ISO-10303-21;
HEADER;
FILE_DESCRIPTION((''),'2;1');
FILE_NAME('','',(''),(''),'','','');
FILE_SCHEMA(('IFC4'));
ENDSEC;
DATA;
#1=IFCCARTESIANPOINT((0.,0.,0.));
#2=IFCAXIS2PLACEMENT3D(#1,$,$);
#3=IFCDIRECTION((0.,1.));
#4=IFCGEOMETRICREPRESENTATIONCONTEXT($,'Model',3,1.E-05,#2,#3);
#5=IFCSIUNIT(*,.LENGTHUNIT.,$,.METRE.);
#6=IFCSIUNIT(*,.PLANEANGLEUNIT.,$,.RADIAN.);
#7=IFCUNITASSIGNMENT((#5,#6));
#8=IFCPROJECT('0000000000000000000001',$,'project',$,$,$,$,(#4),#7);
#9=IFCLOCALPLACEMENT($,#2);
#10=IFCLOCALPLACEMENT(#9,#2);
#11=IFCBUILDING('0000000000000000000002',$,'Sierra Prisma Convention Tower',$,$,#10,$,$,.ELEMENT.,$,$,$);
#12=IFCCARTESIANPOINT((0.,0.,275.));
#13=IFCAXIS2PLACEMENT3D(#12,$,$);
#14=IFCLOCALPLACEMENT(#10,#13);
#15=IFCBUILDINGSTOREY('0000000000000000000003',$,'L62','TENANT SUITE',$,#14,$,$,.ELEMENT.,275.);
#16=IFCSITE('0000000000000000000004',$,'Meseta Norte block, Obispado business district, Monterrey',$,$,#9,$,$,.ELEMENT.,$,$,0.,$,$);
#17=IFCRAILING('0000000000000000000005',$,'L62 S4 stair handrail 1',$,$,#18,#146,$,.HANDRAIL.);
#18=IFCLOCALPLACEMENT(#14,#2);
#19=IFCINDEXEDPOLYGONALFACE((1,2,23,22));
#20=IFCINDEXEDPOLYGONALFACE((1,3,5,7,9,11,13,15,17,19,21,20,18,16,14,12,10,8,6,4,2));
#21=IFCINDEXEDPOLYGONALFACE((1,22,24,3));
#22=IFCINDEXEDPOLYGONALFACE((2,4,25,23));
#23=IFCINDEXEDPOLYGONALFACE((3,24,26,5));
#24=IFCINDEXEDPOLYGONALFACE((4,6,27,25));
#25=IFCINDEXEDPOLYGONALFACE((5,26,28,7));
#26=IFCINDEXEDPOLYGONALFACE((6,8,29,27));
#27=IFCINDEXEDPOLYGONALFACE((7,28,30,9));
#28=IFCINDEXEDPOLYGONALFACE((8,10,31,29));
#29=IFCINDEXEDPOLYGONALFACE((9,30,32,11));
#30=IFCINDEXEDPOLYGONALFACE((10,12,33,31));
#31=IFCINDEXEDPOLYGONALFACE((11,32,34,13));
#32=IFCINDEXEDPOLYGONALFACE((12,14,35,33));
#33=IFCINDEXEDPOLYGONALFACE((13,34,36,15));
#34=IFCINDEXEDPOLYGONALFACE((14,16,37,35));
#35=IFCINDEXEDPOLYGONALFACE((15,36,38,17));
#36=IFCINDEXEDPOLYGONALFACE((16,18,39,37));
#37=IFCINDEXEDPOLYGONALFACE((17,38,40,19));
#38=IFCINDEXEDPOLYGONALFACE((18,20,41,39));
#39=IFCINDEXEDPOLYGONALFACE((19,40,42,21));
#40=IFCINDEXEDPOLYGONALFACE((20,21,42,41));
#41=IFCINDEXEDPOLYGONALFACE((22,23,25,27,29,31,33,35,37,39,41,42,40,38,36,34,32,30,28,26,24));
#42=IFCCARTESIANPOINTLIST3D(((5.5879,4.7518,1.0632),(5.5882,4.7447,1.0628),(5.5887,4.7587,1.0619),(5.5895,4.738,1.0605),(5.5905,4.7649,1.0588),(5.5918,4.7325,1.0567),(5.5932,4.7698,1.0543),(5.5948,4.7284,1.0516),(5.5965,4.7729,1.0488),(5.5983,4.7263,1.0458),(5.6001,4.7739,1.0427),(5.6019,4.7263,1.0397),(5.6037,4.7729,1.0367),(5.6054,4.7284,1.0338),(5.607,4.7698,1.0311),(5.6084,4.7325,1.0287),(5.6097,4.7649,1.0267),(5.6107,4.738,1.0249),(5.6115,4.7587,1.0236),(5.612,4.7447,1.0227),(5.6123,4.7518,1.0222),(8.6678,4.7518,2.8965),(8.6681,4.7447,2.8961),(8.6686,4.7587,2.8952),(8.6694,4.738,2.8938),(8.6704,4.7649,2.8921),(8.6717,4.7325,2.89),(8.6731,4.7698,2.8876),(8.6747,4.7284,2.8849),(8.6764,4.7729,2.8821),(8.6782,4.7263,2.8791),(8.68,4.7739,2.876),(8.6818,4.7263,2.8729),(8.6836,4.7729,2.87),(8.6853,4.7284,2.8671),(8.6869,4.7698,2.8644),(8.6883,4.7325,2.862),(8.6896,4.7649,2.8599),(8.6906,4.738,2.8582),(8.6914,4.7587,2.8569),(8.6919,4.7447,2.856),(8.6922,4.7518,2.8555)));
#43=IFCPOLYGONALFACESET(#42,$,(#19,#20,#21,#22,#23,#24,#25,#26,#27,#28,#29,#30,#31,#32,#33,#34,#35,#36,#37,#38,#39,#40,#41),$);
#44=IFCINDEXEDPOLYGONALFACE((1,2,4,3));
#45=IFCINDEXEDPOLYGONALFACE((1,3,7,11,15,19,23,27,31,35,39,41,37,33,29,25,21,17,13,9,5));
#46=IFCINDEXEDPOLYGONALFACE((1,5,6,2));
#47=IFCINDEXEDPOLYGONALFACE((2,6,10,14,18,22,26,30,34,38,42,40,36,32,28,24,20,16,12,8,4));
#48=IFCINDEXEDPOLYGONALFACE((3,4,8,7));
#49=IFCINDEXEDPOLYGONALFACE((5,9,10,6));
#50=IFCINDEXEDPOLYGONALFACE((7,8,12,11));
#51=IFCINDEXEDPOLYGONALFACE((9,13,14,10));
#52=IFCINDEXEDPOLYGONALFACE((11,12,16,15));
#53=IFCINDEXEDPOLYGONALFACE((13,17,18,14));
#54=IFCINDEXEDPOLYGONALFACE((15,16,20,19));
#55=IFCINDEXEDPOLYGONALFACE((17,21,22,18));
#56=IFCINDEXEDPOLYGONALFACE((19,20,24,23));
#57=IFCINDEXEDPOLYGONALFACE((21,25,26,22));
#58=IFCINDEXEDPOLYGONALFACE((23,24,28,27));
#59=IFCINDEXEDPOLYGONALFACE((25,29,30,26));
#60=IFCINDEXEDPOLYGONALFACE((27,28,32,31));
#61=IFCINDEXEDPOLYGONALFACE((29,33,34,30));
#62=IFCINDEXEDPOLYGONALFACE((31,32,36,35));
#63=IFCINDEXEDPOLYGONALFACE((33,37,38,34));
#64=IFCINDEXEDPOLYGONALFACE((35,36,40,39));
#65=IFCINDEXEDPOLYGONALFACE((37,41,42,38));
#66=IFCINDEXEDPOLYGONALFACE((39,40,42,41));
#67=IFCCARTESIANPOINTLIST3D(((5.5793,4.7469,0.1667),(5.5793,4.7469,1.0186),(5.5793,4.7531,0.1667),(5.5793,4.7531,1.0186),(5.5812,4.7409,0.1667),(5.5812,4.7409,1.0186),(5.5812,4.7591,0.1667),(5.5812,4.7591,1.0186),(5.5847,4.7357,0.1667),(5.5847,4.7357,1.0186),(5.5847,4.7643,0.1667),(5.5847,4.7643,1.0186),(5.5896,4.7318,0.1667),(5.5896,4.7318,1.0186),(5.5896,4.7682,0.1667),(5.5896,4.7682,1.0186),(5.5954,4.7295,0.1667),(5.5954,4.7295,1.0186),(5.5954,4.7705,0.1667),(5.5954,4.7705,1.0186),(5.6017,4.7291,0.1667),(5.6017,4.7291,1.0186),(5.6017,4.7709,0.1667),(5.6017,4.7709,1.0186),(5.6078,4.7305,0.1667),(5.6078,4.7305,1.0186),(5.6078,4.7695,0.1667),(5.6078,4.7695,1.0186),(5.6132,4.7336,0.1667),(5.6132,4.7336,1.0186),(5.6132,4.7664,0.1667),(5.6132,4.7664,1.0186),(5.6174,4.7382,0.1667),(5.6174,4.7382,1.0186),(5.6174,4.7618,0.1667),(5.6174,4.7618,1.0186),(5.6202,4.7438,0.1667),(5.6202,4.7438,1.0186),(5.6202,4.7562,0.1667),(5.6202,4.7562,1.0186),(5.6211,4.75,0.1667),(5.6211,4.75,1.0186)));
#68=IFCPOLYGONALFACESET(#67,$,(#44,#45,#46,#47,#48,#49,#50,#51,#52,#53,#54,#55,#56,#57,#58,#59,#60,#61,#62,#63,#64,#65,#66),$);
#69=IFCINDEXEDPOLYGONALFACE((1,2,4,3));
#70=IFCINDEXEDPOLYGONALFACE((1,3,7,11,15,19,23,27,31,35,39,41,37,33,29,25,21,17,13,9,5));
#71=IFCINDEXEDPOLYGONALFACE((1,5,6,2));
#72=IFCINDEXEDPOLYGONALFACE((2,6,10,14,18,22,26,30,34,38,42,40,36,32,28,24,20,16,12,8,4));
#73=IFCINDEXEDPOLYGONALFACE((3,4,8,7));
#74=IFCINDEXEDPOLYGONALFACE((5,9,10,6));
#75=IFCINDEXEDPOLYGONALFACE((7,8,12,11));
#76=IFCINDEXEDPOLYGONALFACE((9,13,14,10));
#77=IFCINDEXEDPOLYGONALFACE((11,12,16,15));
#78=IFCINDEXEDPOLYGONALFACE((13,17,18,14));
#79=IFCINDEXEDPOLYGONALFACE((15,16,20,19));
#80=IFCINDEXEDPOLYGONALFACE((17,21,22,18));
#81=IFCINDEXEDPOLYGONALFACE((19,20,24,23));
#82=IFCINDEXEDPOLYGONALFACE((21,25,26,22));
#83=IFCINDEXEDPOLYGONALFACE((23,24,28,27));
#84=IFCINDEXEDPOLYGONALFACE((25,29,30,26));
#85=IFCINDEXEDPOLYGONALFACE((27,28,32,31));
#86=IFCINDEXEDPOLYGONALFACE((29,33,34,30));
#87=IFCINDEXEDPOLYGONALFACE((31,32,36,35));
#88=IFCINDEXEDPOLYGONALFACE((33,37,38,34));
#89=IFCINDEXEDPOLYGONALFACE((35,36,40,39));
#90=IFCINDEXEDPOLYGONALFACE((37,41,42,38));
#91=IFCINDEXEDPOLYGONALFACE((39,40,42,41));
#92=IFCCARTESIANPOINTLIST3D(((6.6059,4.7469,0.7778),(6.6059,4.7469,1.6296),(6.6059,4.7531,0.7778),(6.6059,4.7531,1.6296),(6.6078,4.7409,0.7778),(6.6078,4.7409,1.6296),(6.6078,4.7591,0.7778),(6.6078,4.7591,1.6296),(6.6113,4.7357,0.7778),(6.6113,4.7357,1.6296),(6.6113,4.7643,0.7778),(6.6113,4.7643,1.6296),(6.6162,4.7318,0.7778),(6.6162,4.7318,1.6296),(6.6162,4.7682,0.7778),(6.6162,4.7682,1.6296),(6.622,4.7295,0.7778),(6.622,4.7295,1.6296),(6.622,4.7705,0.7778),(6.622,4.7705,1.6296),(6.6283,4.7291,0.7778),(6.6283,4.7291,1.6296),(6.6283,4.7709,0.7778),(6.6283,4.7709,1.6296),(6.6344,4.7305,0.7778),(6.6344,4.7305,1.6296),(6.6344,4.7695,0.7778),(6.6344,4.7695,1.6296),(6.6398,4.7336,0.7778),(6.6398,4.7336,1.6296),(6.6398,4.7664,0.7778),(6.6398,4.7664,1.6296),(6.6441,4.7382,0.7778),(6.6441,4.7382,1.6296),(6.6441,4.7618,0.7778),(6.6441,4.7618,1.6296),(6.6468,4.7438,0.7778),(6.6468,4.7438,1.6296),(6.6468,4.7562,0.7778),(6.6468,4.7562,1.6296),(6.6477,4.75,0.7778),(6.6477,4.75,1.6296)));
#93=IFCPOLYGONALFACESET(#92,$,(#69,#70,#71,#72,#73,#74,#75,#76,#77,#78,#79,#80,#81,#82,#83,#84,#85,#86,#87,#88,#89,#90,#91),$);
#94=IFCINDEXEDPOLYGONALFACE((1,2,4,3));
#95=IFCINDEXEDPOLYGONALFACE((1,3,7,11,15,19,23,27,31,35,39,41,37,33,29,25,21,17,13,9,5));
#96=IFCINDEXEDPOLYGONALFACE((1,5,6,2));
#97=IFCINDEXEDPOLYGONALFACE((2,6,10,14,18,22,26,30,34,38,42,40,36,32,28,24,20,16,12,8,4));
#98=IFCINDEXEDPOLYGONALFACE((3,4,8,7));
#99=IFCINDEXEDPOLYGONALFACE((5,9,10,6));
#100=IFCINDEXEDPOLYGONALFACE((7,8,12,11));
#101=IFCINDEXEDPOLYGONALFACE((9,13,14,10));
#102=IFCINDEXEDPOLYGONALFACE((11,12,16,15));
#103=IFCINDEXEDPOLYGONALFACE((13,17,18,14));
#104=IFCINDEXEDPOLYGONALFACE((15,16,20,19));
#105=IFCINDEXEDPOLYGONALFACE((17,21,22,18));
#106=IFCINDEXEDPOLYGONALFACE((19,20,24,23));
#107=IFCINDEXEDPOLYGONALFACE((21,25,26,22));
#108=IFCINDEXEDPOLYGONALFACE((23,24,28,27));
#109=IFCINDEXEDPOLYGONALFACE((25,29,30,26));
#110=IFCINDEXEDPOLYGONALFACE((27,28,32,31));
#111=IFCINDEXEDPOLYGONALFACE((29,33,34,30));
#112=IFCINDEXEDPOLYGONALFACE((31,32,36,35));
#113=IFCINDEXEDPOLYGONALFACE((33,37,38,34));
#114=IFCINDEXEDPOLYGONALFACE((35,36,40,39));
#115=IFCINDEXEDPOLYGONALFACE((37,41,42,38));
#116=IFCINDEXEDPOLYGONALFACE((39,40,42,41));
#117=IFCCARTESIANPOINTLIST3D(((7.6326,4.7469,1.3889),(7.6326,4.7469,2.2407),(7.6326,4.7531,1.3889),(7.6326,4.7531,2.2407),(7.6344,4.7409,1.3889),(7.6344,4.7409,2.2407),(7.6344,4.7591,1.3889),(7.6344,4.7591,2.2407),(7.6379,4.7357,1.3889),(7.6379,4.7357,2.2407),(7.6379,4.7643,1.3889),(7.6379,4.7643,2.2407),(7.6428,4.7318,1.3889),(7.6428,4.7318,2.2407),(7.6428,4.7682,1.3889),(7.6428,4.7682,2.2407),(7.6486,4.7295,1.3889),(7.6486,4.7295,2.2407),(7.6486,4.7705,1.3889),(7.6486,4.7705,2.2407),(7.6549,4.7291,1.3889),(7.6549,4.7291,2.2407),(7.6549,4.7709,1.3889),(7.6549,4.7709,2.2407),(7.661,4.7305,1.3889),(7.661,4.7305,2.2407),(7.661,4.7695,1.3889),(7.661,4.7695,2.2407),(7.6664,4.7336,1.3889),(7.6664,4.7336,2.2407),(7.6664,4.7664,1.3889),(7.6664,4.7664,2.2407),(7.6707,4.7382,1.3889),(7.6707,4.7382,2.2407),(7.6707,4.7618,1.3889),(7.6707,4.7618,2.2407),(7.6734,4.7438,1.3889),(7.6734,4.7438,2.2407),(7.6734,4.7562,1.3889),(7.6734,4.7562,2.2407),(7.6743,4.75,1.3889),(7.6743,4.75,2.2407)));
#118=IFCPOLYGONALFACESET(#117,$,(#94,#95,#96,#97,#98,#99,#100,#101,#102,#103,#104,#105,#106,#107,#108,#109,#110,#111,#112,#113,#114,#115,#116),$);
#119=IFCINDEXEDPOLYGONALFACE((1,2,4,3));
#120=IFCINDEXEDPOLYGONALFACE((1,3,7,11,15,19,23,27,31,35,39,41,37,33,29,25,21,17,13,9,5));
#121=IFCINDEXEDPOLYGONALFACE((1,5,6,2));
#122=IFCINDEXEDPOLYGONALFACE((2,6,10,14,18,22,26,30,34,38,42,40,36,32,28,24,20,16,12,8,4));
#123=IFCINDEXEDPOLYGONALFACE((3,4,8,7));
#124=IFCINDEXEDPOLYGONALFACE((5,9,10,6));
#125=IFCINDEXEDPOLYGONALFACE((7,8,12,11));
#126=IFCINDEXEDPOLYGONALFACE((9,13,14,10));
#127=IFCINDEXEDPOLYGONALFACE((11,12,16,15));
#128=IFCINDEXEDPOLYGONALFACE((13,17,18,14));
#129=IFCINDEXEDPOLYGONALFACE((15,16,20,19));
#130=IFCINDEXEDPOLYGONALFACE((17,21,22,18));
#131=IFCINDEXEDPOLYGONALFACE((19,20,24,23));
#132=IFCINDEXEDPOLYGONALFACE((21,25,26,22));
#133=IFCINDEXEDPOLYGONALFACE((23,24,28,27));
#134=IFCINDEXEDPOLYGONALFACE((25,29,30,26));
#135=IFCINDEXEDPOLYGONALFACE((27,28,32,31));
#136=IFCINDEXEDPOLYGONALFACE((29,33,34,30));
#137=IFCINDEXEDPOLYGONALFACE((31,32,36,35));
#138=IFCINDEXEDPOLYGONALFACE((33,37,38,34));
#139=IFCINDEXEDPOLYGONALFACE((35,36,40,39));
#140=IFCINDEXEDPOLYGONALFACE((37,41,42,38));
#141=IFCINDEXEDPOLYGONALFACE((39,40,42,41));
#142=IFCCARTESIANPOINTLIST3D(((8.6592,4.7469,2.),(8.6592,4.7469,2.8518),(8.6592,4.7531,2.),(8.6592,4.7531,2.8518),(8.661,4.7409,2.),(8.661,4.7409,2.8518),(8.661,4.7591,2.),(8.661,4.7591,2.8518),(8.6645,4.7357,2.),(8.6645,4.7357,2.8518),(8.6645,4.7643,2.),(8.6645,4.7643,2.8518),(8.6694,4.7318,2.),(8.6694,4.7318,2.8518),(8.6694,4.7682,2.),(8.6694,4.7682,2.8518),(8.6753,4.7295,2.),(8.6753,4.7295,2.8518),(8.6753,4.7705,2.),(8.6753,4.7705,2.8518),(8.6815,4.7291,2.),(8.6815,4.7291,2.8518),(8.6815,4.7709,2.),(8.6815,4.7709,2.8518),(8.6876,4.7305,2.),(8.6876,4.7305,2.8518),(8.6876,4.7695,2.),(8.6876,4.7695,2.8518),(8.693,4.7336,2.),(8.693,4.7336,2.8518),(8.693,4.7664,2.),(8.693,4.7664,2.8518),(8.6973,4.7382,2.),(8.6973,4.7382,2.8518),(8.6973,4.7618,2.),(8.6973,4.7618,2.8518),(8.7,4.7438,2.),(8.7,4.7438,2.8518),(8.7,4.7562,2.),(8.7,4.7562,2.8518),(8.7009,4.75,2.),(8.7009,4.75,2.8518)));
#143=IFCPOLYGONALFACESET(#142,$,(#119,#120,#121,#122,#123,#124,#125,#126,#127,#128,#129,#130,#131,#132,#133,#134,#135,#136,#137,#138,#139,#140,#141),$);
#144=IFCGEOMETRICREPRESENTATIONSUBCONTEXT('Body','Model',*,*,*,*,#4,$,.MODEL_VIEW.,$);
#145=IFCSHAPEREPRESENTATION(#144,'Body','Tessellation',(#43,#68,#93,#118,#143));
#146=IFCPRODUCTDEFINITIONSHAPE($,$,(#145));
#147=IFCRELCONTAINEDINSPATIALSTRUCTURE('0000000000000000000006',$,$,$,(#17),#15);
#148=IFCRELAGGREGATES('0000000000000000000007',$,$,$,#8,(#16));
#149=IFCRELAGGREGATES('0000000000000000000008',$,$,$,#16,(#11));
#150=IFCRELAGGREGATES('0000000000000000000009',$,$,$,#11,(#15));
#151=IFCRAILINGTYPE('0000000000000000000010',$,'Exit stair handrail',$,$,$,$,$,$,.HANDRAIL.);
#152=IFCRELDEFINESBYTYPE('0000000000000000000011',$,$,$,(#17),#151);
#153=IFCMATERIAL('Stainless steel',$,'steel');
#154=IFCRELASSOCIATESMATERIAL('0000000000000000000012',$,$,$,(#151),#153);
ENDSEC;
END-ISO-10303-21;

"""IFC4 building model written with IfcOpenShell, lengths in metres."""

from ifc_helpers import new_model, si_unit, direction, frame, origin, origin_2d, place, context, subcontext, project, spatial, circle, extrude, material, type_object, element, save


model = new_model("IFC4")

# Units and contexts
model_context = context("Model", 3, precision=1e-05, world=origin(), true_north=direction((0.0, 1.0)))
body_context = subcontext(model_context, "Body", "Model", "MODEL_VIEW")
ifc_project = project(units=[si_unit("LENGTHUNIT", "METRE"), si_unit("PLANEANGLEUNIT", "RADIAN")], contexts=[model_context])

# Site, building, storey
site_placement = place(None, origin())
site = spatial("IfcSite", under=ifc_project, at=site_placement, Name="Meseta Norte block, Obispado business district, Monterrey", CompositionType="ELEMENT", RefElevation=0.0)
building_placement = place(site_placement, origin())
building = spatial("IfcBuilding", under=site, at=building_placement, Name="Sierra Prisma Convention Tower", CompositionType="ELEMENT")
storey_placement = place(building_placement, frame((0.0, 0.0, 275.0)))
storey = spatial("IfcBuildingStorey", under=building, at=storey_placement, Name="L62", Description="TENANT SUITE", CompositionType="ELEMENT", Elevation=275.0)

# Railing
ifc_material_1 = material(Name="Stainless steel", Category="steel")
railing_type_1 = type_object("IfcRailingType", Name="Exit stair handrail", PredefinedType="HANDRAIL", material=ifc_material_1)
railing_1_placement = place(storey_placement, frame((5.6001, 4.75, 0.1667)))
element("IfcRailing", 1, at=railing_1_placement, inside=storey, type_object=railing_type_1, Name="L62 S4 stair handrail 1", PredefinedType="HANDRAIL", context=body_context, shape_type="SweptSolid", body=[
    extrude(circle(Radius=0.0239, at=origin_2d()), frame((0.0, 0.0, 0.876), z_axis=(0.859291, 0.0, 0.511487), x_axis=(0.0, 1.0, 0.0)), (0.0, 0.0, 1.0), 3.5842),
    extrude(circle(Radius=0.021, at=origin_2d()), origin(), (0.0, 0.0, 1.0), 0.8518),
    extrude(circle(Radius=0.021, at=origin_2d()), frame((1.0266, 0.0, 0.6111)), (0.0, 0.0, 1.0), 0.8518),
    extrude(circle(Radius=0.021, at=origin_2d()), frame((2.0532, 0.0, 1.2222)), (0.0, 0.0, 1.0), 0.8518),
    extrude(circle(Radius=0.021, at=origin_2d()), frame((3.0798, 0.0, 1.8333)), (0.0, 0.0, 1.0), 0.8518),
])

save(model, "model.ifc")
